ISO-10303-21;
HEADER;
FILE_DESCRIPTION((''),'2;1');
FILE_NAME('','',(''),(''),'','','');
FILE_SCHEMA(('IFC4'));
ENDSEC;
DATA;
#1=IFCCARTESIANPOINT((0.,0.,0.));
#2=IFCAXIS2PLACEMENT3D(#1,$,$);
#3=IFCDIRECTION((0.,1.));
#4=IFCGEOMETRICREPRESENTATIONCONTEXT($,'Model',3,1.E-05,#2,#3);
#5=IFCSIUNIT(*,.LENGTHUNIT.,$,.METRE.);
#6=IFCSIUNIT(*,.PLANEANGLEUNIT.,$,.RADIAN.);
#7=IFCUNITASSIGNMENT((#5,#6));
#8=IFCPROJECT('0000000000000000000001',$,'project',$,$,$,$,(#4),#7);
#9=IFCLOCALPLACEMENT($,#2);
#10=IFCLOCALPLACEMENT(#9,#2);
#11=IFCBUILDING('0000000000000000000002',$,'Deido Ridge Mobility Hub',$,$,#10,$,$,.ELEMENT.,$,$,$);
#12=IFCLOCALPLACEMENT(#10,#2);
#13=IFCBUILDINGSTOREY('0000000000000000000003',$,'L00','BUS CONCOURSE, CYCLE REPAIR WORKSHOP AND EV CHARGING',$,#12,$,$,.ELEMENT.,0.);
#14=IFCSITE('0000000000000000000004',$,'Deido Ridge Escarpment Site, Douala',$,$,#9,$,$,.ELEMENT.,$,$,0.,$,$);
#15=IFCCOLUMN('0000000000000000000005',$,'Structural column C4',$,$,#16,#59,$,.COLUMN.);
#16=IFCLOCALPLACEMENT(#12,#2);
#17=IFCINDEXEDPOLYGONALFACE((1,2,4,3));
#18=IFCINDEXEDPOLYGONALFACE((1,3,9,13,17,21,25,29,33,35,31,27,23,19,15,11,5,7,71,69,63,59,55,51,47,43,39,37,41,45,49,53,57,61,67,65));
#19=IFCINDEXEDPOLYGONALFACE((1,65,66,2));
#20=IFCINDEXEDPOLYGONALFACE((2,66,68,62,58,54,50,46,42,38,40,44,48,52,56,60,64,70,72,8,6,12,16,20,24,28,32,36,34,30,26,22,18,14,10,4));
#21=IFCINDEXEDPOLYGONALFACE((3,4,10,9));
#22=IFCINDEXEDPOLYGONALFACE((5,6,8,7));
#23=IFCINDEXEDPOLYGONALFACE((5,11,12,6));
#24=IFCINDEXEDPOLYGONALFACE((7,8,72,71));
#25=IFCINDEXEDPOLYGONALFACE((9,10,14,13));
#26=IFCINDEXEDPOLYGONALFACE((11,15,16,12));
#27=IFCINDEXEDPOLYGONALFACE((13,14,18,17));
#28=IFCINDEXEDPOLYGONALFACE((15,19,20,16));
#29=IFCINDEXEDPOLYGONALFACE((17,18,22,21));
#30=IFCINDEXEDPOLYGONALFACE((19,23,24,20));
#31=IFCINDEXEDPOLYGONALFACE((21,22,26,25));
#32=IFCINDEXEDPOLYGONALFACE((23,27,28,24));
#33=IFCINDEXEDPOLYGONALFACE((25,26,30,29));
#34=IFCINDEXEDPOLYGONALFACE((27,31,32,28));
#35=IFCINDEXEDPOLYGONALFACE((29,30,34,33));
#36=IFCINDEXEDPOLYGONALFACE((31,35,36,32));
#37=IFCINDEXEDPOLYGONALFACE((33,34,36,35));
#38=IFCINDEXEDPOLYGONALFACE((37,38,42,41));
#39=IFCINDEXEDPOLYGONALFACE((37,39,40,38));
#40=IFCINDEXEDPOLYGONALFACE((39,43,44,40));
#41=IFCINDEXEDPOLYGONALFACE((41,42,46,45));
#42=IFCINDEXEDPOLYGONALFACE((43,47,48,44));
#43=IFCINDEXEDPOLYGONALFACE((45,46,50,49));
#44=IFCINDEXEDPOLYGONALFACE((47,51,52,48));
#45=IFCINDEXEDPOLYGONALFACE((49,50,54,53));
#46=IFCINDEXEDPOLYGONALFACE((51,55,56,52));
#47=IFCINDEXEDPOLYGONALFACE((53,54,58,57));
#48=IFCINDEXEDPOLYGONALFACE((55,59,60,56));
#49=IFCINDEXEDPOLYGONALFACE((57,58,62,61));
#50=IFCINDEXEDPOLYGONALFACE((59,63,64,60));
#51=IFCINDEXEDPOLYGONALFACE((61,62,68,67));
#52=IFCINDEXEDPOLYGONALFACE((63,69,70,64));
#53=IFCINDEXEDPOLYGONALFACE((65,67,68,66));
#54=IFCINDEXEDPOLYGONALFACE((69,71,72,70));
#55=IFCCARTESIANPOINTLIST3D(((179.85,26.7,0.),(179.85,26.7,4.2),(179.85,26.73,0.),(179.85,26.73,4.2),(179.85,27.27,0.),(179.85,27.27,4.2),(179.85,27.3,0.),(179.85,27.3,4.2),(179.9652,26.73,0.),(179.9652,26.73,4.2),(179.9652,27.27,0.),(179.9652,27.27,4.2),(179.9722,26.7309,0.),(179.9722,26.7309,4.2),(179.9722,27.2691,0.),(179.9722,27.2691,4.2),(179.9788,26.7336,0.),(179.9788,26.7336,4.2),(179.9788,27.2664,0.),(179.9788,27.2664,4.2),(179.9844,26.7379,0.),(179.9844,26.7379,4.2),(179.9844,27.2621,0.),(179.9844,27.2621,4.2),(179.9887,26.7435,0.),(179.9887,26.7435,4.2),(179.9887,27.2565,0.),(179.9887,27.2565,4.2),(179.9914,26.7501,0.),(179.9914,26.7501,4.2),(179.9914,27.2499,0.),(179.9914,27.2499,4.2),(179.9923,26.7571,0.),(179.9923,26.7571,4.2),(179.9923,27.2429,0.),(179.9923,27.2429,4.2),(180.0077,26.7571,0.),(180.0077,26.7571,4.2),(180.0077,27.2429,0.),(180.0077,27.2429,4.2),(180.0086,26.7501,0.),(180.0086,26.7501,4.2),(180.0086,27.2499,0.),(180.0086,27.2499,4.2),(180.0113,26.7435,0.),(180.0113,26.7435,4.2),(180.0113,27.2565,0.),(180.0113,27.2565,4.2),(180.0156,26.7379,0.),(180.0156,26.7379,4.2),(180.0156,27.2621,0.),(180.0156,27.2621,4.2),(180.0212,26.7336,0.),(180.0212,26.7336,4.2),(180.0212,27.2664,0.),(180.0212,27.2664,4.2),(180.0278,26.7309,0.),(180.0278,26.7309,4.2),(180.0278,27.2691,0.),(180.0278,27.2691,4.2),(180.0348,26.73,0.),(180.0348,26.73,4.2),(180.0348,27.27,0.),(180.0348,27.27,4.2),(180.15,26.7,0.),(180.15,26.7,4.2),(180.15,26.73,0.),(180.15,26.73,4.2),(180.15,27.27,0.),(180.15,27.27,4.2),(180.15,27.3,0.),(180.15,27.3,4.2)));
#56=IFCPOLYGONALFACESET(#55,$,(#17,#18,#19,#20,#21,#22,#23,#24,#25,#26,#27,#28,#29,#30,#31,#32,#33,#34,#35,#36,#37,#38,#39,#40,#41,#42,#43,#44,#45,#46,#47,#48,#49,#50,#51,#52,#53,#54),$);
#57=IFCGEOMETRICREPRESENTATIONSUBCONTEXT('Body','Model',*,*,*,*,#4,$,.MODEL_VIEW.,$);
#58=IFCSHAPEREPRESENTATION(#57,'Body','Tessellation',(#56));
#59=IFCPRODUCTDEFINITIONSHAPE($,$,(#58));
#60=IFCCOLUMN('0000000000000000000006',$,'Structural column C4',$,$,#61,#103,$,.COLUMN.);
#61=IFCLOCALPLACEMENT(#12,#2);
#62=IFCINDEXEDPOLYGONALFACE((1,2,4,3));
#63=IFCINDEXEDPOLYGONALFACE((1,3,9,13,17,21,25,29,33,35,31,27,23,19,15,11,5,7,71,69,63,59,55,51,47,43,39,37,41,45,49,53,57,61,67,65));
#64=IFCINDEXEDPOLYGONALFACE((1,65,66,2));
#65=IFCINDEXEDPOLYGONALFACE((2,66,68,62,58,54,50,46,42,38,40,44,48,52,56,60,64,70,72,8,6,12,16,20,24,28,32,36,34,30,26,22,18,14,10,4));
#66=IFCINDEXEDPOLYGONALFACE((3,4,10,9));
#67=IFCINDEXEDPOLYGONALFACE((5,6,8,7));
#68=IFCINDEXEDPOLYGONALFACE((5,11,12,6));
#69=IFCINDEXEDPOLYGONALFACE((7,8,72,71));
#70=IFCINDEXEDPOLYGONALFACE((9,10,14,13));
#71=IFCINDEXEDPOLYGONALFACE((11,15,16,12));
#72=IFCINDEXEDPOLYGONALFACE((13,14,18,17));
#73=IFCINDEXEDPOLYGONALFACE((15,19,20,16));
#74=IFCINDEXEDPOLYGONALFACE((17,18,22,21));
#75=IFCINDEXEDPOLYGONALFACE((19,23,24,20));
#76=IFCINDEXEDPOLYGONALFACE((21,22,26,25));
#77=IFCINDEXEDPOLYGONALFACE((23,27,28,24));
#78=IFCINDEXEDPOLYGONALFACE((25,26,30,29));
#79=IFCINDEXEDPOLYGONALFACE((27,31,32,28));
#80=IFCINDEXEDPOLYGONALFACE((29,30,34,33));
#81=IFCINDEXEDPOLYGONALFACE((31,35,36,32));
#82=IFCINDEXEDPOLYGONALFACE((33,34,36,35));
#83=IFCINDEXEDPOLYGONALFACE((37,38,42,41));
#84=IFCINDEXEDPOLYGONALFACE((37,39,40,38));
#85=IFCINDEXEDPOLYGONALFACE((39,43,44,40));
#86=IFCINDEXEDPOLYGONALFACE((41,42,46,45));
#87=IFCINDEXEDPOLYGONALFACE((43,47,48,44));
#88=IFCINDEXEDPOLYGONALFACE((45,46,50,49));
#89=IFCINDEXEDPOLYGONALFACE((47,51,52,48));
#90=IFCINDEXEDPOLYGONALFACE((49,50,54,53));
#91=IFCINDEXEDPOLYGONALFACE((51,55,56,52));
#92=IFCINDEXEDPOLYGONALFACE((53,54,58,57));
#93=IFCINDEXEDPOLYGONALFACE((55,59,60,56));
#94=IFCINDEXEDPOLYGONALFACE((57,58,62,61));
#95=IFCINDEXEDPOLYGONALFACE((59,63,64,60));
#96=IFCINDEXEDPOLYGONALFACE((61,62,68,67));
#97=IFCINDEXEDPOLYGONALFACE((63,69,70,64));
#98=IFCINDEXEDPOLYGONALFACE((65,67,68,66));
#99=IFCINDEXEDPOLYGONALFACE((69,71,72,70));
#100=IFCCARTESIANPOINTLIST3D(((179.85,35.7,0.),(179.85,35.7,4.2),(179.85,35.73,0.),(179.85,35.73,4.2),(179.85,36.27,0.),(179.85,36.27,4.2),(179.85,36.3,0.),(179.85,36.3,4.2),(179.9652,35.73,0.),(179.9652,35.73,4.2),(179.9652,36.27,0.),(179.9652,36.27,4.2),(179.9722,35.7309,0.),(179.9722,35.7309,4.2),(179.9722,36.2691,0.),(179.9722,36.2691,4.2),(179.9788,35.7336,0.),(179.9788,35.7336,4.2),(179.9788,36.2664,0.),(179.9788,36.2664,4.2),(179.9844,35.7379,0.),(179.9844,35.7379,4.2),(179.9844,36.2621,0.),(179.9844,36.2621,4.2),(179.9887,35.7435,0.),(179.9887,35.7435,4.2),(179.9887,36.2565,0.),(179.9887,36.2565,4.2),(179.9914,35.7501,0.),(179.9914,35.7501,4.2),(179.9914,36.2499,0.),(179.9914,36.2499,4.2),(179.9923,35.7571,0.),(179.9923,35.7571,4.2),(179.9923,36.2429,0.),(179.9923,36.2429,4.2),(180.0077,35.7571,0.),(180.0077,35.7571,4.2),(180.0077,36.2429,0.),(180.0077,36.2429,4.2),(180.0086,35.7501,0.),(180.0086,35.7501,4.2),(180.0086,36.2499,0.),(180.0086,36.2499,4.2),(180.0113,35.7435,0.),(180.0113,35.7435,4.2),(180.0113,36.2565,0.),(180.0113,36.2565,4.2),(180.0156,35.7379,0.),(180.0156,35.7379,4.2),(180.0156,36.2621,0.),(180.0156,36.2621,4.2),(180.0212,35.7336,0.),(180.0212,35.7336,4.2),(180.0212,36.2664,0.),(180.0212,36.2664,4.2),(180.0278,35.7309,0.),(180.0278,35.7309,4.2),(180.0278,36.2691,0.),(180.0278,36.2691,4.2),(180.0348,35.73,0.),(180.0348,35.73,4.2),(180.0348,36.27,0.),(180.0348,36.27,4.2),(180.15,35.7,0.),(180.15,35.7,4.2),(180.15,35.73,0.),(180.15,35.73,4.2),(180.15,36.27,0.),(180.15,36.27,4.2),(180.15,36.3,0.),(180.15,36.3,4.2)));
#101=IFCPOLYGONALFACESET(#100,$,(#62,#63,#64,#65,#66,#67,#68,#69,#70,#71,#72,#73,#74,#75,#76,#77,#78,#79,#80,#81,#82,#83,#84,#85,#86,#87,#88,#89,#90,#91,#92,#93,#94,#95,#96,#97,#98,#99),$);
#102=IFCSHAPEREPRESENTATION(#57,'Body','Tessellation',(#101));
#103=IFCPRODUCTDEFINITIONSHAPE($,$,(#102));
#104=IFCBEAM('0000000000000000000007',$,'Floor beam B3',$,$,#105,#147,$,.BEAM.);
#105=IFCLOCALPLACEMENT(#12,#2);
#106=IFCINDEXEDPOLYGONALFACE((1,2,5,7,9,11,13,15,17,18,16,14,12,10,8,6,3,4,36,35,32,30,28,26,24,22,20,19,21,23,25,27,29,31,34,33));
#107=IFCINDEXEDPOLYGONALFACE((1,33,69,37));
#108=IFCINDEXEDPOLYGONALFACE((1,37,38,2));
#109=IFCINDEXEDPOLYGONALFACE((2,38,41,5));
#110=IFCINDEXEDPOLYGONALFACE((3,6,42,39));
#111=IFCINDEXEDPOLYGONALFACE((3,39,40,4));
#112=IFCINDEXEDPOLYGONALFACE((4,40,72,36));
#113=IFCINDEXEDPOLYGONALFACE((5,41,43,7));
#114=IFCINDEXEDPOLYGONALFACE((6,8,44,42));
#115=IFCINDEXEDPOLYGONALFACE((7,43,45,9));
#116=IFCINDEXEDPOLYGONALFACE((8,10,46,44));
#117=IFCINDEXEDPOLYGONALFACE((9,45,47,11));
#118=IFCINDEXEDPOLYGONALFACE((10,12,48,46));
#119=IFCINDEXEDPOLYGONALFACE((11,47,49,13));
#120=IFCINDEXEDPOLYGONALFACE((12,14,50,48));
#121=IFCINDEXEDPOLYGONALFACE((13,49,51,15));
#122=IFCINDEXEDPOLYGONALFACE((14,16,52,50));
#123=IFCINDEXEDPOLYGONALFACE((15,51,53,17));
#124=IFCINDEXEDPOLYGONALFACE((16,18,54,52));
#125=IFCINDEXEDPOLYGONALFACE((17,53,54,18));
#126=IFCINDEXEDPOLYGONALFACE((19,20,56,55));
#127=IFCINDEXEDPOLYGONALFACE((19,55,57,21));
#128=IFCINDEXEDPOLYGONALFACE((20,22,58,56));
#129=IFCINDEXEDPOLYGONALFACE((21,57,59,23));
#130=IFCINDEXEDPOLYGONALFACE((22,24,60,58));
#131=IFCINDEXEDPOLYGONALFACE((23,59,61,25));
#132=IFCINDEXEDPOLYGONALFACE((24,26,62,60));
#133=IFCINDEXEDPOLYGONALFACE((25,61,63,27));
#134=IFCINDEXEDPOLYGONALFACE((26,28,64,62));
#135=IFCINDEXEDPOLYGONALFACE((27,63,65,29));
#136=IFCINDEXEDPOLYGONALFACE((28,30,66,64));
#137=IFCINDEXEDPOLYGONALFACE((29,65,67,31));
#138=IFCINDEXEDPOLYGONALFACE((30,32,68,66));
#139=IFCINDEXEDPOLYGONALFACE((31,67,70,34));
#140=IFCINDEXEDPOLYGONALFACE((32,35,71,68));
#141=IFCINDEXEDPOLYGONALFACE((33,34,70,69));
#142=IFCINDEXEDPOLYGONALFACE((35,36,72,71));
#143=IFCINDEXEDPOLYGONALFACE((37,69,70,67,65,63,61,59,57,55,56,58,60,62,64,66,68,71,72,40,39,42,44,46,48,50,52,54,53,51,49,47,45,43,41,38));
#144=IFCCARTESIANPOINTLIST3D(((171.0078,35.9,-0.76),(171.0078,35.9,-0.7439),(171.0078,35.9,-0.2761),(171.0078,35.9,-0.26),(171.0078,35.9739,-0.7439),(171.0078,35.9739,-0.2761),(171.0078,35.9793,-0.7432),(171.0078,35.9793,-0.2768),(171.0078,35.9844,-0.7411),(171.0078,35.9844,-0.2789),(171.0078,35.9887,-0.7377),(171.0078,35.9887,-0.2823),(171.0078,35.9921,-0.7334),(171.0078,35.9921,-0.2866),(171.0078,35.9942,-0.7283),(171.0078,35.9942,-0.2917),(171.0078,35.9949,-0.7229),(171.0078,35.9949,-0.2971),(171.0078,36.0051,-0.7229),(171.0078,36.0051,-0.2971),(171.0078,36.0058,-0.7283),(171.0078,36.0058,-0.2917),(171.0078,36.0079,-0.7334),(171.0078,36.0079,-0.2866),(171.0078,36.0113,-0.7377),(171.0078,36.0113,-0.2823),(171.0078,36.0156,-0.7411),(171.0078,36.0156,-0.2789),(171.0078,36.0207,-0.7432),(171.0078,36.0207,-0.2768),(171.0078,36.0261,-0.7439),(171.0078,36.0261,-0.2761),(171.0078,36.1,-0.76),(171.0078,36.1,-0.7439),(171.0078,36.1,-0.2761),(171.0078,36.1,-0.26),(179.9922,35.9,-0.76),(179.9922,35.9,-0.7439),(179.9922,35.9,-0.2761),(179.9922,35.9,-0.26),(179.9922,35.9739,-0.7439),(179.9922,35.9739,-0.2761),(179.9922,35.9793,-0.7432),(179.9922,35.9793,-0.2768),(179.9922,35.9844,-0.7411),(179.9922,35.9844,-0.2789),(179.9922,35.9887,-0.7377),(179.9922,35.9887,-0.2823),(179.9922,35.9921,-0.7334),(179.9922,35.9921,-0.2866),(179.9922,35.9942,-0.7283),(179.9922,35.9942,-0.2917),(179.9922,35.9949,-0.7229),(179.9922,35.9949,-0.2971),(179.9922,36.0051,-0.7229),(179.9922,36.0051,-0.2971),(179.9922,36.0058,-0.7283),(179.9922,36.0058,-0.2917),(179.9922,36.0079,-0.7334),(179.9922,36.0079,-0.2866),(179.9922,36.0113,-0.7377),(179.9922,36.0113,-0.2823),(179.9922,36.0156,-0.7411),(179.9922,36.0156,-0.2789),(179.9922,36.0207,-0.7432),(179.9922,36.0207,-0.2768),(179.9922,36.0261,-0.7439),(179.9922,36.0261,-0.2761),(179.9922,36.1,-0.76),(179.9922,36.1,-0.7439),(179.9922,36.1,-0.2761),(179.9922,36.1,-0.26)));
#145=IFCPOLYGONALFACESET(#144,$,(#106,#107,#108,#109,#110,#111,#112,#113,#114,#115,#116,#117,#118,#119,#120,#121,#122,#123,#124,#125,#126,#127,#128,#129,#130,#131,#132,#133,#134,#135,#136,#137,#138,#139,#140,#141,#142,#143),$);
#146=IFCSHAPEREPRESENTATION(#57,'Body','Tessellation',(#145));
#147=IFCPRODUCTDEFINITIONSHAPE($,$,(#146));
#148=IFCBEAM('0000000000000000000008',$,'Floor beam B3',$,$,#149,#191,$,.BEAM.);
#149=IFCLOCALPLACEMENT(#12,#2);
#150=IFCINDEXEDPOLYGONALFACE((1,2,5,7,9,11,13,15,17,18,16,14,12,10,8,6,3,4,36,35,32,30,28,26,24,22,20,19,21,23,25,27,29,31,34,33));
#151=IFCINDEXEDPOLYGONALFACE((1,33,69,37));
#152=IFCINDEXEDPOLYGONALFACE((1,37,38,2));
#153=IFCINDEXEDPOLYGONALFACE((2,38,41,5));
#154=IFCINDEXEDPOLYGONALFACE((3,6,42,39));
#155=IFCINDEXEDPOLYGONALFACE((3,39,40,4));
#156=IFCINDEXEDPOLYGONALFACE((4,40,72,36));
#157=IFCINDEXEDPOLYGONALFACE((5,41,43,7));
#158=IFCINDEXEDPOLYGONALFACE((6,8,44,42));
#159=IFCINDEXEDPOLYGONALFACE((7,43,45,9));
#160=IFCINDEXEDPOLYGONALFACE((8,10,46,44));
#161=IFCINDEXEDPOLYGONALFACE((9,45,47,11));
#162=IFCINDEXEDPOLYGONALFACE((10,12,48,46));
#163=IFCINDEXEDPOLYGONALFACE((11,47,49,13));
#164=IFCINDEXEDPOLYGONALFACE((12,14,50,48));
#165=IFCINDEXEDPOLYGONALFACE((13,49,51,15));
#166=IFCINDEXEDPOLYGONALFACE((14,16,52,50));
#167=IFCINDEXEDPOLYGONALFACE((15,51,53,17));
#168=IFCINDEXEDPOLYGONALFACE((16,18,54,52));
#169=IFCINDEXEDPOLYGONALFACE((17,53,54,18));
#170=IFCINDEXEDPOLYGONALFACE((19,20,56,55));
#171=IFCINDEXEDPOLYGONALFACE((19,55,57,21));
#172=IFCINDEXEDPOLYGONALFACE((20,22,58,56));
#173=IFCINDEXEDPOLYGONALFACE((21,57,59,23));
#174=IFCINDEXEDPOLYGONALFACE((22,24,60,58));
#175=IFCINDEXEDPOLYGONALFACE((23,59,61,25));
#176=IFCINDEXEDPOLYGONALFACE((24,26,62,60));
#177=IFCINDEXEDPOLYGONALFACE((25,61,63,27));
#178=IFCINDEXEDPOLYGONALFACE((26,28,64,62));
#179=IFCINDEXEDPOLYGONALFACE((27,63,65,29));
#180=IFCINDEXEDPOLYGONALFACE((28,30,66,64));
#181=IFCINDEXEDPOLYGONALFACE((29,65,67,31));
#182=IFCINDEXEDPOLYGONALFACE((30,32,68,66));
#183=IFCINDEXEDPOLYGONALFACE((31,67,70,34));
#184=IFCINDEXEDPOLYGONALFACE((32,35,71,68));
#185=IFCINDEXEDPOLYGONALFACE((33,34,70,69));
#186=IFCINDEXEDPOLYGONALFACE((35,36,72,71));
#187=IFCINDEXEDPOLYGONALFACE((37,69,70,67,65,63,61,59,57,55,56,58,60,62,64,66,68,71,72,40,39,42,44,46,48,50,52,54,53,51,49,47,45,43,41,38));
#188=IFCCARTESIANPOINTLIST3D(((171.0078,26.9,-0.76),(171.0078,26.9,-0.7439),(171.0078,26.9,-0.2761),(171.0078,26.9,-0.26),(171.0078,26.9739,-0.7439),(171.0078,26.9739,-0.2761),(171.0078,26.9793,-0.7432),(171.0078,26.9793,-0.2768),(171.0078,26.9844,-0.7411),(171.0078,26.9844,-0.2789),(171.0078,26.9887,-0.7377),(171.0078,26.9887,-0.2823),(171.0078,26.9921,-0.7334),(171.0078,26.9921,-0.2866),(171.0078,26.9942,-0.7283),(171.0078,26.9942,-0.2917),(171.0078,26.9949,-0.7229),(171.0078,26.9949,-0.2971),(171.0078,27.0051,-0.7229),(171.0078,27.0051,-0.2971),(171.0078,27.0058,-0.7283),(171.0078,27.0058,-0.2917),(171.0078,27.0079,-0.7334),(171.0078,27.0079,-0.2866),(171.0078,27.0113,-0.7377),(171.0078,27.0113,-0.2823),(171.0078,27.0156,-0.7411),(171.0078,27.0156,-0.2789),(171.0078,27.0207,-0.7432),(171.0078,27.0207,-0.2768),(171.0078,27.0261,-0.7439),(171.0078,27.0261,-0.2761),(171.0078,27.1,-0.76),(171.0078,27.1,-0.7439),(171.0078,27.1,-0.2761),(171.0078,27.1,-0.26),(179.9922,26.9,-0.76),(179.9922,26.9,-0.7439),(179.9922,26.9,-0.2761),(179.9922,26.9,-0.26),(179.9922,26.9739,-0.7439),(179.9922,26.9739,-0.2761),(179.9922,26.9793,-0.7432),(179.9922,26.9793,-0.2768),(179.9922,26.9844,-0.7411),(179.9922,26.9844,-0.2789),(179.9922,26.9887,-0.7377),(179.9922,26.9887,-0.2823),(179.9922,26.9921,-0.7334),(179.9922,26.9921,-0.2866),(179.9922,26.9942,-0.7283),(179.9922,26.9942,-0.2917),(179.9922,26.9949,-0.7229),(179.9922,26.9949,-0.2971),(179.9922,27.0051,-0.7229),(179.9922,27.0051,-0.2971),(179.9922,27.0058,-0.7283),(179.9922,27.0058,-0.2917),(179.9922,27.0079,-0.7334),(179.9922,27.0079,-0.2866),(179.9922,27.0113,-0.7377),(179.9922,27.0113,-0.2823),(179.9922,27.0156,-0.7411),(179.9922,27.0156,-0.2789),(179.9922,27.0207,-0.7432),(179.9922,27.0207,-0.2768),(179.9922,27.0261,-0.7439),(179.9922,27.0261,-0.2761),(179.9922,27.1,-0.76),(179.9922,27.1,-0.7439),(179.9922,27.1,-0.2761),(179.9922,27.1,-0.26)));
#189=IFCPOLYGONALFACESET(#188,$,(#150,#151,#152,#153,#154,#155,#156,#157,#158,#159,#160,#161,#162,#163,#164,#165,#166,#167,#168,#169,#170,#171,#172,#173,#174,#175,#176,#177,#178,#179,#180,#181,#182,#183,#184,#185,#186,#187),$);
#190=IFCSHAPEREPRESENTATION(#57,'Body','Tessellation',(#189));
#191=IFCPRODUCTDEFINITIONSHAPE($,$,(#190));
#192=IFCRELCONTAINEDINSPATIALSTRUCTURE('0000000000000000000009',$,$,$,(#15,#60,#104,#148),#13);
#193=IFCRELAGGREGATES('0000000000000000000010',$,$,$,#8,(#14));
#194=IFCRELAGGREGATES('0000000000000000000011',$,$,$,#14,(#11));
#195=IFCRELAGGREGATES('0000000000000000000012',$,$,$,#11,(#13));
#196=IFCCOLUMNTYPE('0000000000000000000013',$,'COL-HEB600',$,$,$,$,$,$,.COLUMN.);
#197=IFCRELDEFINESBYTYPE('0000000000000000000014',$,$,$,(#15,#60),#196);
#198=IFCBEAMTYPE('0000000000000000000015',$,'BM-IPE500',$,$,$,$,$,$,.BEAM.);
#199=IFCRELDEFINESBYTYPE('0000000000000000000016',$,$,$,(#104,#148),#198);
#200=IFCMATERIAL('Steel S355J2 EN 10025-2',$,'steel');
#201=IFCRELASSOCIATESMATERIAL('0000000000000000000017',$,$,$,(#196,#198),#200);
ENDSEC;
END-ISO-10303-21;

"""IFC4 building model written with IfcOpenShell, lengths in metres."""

from ifc_helpers import new_model, si_unit, direction, frame, origin, origin_2d, place, context, subcontext, project, spatial, i_section, extrude, material, material_profile, profile_set, type_object, element, save


model = new_model("IFC4")

# Units and contexts
model_context = context("Model", 3, precision=1e-05, world=origin(), true_north=direction((0.0, 1.0)))
body_context = subcontext(model_context, "Body", "Model", "MODEL_VIEW")
ifc_project = project(units=[si_unit("LENGTHUNIT", "METRE"), si_unit("PLANEANGLEUNIT", "RADIAN")], contexts=[model_context])

# Site, building, storey
site_placement = place(None, origin())
site = spatial("IfcSite", under=ifc_project, at=site_placement, Name="Deido Ridge Escarpment Site, Douala", CompositionType="ELEMENT", RefElevation=0.0)
building_placement = place(site_placement, origin())
building = spatial("IfcBuilding", under=site, at=building_placement, Name="Deido Ridge Mobility Hub", CompositionType="ELEMENT")
storey_placement = place(building_placement, origin())
storey = spatial("IfcBuildingStorey", under=building, at=storey_placement, Name="L00", Description="BUS CONCOURSE, CYCLE REPAIR WORKSHOP AND EV CHARGING", CompositionType="ELEMENT", Elevation=0.0)

# Columns
ifc_material_1 = material(Name="Steel S355J2 EN 10025-2", Category="steel")
ifc_material_profile_1 = material_profile(ifc_material_1, i_section(OverallWidth=0.3, OverallDepth=0.6001, WebThickness=0.0154, FlangeThickness=0.03, FilletRadius=0.0271, at=origin_2d()), Name="HEB 600")
ifc_profile_set_1 = profile_set([ifc_material_profile_1], Name="Steel S355J2 EN 10025-2")
column_type = type_object("IfcColumnType", Name="COL-HEB600", PredefinedType="COLUMN", material=ifc_profile_set_1)
for number, where, z_axis, x_axis, name in (
    (1, (180.0, 27.0, 0.0), (0.0, 0.0, 1.0), (1.0, 0.0, 0.0), "Structural column C4"),
    (2, (180.0, 36.0, 0.0), (0.0, 0.0, 1.0), (1.0, 0.0, 0.0), "Structural column C4"),
):
    element("IfcColumn", number, at=place(storey_placement, frame(where, z_axis=z_axis, x_axis=x_axis)), inside=storey, type_object=column_type, Name=name, PredefinedType="COLUMN", context=body_context, shape_type="SweptSolid", body=[
        extrude(i_section(OverallWidth=0.3, OverallDepth=0.6001, WebThickness=0.0154, FlangeThickness=0.03, FilletRadius=0.0271, at=origin_2d()), origin(), (0.0, 0.0, 1.0), 4.2),
    ])

# Beams
ifc_material_profile_2 = material_profile(ifc_material_1, i_section(OverallWidth=0.2, OverallDepth=0.5, WebThickness=0.0103, FlangeThickness=0.0161, FilletRadius=0.021, at=origin_2d()), Name="IPE 500")
ifc_profile_set_2 = profile_set([ifc_material_profile_2], Name="Steel S355J2 EN 10025-2")
beam_type_1 = type_object("IfcBeamType", Name="BM-IPE500", PredefinedType="BEAM", material=ifc_profile_set_2)
for number, where, z_axis, x_axis, name in (
    (3, (171.0078, 36.0, -0.51), (1.0, 0.0, 0.0), (0.0, 1.0, 0.0), "Floor beam B3"),
    (4, (171.0078, 27.0, -0.51), (1.0, 0.0, 0.0), (0.0, 1.0, 0.0), "Floor beam B3"),
):
    element("IfcBeam", number, at=place(storey_placement, frame(where, z_axis=z_axis, x_axis=x_axis)), inside=storey, type_object=beam_type_1, Name=name, PredefinedType="BEAM", context=body_context, shape_type="SweptSolid", body=[
        extrude(i_section(OverallWidth=0.2, OverallDepth=0.5, WebThickness=0.0103, FlangeThickness=0.0161, FilletRadius=0.021, at=origin_2d()), origin(), (0.0, 0.0, 1.0), 8.9844),
    ])

save(model, "model.ifc")
